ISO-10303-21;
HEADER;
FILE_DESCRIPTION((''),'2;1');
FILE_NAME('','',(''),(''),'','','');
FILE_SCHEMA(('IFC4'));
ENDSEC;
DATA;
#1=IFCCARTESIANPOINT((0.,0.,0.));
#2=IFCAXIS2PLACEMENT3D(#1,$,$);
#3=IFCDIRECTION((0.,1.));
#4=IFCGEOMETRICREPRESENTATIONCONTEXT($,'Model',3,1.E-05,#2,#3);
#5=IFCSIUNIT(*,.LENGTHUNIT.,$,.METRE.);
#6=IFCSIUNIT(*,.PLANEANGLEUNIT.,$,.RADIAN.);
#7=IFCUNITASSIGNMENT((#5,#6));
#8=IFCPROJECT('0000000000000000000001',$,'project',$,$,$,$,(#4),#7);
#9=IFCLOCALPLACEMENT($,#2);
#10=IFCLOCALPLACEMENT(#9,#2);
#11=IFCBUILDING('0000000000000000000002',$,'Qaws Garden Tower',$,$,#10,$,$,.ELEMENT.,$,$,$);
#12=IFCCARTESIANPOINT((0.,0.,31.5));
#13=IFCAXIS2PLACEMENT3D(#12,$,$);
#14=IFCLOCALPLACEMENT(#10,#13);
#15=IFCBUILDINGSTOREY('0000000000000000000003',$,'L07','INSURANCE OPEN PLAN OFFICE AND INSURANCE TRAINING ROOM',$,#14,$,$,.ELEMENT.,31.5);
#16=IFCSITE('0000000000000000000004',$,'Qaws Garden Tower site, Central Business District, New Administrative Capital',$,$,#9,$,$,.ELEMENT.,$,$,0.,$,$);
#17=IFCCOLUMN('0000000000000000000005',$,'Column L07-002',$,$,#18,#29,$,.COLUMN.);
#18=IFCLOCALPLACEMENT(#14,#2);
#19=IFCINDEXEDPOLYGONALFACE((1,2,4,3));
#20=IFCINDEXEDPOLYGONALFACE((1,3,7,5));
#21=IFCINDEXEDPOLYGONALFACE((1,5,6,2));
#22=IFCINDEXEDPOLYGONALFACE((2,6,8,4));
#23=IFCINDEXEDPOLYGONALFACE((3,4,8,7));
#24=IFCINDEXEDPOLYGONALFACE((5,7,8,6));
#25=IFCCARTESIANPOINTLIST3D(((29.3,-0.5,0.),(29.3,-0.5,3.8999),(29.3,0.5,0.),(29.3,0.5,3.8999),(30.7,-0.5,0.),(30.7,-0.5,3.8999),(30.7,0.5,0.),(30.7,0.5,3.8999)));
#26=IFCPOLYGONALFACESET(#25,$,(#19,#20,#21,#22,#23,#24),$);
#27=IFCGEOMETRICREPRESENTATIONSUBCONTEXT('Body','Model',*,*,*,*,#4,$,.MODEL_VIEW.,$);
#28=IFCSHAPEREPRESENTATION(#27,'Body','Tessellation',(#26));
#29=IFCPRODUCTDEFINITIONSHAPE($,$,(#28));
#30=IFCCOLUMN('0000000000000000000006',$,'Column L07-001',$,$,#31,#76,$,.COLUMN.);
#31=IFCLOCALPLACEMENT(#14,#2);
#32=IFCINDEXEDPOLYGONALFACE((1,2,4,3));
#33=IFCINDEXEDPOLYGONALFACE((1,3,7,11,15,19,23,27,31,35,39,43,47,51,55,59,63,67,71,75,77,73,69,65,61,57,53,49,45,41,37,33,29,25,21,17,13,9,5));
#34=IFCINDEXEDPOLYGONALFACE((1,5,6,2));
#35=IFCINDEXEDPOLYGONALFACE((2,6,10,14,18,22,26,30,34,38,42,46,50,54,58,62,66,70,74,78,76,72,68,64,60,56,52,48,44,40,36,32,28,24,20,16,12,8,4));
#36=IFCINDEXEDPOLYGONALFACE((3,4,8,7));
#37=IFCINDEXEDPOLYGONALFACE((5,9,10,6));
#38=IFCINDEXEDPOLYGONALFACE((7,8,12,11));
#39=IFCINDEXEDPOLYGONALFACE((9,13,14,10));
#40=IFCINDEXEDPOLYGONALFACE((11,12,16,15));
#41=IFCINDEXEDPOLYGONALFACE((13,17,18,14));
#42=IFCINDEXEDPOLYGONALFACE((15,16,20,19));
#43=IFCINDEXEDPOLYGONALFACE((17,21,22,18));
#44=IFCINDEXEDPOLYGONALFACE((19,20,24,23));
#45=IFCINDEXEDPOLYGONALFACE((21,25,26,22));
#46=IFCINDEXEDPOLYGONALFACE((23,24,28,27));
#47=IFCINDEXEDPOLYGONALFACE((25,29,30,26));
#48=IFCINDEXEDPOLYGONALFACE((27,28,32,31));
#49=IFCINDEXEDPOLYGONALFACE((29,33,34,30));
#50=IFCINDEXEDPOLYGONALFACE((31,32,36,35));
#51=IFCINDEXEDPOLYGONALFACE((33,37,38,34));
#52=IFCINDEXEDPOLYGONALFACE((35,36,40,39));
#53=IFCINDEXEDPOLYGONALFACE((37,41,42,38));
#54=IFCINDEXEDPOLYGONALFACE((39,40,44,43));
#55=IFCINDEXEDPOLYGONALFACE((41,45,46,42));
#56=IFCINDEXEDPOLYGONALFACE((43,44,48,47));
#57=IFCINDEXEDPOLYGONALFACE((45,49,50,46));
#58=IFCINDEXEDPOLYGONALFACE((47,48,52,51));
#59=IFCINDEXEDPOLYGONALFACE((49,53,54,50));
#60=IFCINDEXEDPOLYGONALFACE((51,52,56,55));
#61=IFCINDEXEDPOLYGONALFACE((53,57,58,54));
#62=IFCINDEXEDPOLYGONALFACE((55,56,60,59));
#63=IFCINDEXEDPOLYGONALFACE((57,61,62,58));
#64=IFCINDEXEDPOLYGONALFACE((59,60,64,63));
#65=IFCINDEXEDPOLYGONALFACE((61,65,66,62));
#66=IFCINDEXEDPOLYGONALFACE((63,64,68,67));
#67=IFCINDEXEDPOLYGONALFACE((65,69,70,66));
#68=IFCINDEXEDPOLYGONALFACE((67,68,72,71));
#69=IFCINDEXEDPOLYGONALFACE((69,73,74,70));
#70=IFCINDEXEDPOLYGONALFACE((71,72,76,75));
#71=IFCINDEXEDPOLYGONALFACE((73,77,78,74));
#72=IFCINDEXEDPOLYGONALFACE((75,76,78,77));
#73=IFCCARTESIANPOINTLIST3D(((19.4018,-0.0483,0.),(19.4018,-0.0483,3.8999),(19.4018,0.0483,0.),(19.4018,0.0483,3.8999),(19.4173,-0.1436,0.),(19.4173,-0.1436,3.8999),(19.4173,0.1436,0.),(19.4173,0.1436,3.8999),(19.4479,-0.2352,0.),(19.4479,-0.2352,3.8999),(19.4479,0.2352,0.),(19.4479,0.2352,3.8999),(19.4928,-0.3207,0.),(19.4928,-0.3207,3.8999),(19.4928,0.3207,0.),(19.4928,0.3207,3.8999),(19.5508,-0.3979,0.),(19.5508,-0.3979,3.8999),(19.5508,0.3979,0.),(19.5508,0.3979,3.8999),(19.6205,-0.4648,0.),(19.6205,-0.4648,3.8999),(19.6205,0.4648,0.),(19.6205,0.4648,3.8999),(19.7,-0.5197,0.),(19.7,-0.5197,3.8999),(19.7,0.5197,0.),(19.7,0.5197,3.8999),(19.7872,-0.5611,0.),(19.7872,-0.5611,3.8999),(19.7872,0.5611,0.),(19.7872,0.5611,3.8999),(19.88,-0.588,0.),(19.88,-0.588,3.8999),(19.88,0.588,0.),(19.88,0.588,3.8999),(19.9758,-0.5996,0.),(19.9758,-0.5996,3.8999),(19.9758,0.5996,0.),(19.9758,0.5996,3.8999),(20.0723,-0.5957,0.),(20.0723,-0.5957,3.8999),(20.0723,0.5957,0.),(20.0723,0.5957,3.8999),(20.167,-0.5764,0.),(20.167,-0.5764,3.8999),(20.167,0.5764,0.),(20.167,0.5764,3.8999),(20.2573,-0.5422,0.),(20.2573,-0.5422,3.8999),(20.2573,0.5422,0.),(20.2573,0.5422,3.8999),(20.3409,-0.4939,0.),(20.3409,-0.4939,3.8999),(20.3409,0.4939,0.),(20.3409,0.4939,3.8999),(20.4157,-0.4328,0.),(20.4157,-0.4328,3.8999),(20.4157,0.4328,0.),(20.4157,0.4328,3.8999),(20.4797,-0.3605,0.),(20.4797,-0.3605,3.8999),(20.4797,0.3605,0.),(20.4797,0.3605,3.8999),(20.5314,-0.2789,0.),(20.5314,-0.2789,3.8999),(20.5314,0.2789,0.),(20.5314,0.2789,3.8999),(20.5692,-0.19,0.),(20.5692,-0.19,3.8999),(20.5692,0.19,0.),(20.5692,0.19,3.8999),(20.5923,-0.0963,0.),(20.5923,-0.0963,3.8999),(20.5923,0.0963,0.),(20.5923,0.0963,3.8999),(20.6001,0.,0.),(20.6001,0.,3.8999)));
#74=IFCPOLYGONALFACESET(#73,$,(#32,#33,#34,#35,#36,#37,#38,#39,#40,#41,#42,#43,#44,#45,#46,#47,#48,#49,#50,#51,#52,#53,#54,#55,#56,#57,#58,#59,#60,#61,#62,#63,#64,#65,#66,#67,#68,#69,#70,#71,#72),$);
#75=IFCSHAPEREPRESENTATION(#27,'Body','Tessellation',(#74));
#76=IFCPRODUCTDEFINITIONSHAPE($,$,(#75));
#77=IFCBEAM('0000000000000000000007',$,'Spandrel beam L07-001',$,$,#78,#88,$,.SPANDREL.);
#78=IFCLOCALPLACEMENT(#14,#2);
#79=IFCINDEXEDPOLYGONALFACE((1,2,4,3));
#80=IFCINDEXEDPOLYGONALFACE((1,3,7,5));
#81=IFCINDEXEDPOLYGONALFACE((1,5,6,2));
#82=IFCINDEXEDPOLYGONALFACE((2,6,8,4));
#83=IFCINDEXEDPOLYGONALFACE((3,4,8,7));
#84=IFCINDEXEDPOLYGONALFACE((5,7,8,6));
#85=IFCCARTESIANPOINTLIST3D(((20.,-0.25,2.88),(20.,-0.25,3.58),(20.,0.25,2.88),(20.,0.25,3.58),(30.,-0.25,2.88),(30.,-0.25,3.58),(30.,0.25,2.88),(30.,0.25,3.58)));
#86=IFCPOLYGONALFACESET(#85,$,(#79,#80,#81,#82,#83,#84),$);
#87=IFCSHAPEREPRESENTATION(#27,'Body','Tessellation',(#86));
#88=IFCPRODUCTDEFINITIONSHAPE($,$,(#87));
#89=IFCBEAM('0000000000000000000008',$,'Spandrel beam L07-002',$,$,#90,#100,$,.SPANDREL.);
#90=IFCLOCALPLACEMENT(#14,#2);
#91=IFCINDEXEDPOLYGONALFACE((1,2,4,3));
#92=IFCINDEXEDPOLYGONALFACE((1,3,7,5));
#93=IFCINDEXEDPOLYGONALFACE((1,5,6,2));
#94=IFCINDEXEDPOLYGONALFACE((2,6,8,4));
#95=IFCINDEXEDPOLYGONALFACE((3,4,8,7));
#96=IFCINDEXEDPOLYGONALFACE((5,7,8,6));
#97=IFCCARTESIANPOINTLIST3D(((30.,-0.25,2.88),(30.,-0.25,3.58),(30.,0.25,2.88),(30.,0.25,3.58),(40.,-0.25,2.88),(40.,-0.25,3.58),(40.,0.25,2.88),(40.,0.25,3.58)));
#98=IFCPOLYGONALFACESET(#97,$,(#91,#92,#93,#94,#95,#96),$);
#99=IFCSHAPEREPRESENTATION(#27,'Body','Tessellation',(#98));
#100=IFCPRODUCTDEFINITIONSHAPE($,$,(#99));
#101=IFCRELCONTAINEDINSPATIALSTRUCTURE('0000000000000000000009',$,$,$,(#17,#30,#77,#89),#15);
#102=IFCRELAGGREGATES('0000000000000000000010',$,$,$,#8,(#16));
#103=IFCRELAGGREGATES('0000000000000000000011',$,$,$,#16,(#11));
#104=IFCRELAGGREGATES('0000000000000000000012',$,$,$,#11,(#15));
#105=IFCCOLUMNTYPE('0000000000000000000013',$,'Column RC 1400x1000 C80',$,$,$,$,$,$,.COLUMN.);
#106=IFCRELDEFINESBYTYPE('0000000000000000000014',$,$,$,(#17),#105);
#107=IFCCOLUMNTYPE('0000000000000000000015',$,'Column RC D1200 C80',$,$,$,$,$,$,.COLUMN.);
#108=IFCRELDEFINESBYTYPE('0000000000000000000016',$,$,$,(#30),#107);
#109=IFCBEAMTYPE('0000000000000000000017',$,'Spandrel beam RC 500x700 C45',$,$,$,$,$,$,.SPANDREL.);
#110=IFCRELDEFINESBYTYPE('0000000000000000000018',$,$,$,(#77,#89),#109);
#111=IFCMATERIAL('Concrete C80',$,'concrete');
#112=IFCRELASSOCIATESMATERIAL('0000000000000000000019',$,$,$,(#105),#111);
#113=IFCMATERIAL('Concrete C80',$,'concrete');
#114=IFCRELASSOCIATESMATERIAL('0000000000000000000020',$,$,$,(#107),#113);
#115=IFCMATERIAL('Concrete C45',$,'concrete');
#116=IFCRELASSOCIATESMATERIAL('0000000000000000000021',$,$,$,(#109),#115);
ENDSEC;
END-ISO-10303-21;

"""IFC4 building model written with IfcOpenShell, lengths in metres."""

from ifc_helpers import new_model, si_unit, direction, frame, origin, origin_2d, place, context, subcontext, project, spatial, rectangle, circle, extrude, material, material_profile, profile_set, type_object, element, save


model = new_model("IFC4")

# Units and contexts
model_context = context("Model", 3, precision=1e-05, world=origin(), true_north=direction((0.0, 1.0)))
body_context = subcontext(model_context, "Body", "Model", "MODEL_VIEW")
ifc_project = project(units=[si_unit("LENGTHUNIT", "METRE"), si_unit("PLANEANGLEUNIT", "RADIAN")], contexts=[model_context])

# Site, building, storey
site_placement = place(None, origin())
site = spatial("IfcSite", under=ifc_project, at=site_placement, Name="Qaws Garden Tower site, Central Business District, New Administrative Capital", CompositionType="ELEMENT", RefElevation=0.0)
building_placement = place(site_placement, origin())
building = spatial("IfcBuilding", under=site, at=building_placement, Name="Qaws Garden Tower", CompositionType="ELEMENT")
storey_placement = place(building_placement, frame((0.0, 0.0, 31.5)))
storey = spatial("IfcBuildingStorey", under=building, at=storey_placement, Name="L07", Description="INSURANCE OPEN PLAN OFFICE AND INSURANCE TRAINING ROOM", CompositionType="ELEMENT", Elevation=31.5)

# Columns
ifc_material_1 = material(Name="Concrete C80", Category="concrete")
ifc_material_profile_1 = material_profile(ifc_material_1, rectangle(XDim=1.3999, YDim=1.0, at=origin_2d()), Name="RC 1400x1000")
ifc_profile_set_1 = profile_set([ifc_material_profile_1], Name="Concrete C80")
column_type_1 = type_object("IfcColumnType", Name="Column RC 1400x1000 C80", PredefinedType="COLUMN", material=ifc_profile_set_1)
column_1_placement = place(storey_placement, frame((30.0, 0.0, 0.0), z_axis=(0.0, 0.0, 1.0), x_axis=(1.0, 0.0, 0.0)))
element("IfcColumn", 1, at=column_1_placement, inside=storey, type_object=column_type_1, Name="Column L07-002", PredefinedType="COLUMN", context=body_context, shape_type="SweptSolid", body=[
    extrude(rectangle(XDim=1.3999, YDim=1.0, at=origin_2d()), origin(), (0.0, 0.0, 1.0), 3.8999),
])
ifc_material_2 = material(Name="Concrete C80", Category="concrete")
ifc_material_profile_2 = material_profile(ifc_material_2, circle(Radius=0.6001, at=origin_2d()), Name="RC D1200")
ifc_profile_set_2 = profile_set([ifc_material_profile_2], Name="Concrete C80")
column_type_2 = type_object("IfcColumnType", Name="Column RC D1200 C80", PredefinedType="COLUMN", material=ifc_profile_set_2)
column_2_placement = place(storey_placement, frame((20.0, 0.0, 0.0), z_axis=(0.0, 0.0, 1.0), x_axis=(1.0, 0.0, 0.0)))
element("IfcColumn", 2, at=column_2_placement, inside=storey, type_object=column_type_2, Name="Column L07-001", PredefinedType="COLUMN", context=body_context, shape_type="SweptSolid", body=[
    extrude(circle(Radius=0.6001, at=origin_2d()), origin(), (0.0, 0.0, 1.0), 3.8999),
])

# Beams
ifc_material_3 = material(Name="Concrete C45", Category="concrete")
ifc_material_profile_3 = material_profile(ifc_material_3, rectangle(XDim=0.5, YDim=0.7, at=origin_2d()), Name="RC 500x700")
ifc_profile_set_3 = profile_set([ifc_material_profile_3], Name="Concrete C45")
beam_type = type_object("IfcBeamType", Name="Spandrel beam RC 500x700 C45", PredefinedType="SPANDREL", material=ifc_profile_set_3)
for number, where, z_axis, x_axis, name in (
    (3, (20.0, 0.0, 3.23), (1.0, 0.0, 0.0), (0.0, 1.0, 0.0), "Spandrel beam L07-001"),
    (4, (30.0, 0.0, 3.23), (1.0, 0.0, 0.0), (0.0, 1.0, 0.0), "Spandrel beam L07-002"),
):
    element("IfcBeam", number, at=place(storey_placement, frame(where, z_axis=z_axis, x_axis=x_axis)), inside=storey, type_object=beam_type, Name=name, PredefinedType="SPANDREL", context=body_context, shape_type="SweptSolid", body=[
        extrude(rectangle(XDim=0.5, YDim=0.7, at=origin_2d()), origin(), (0.0, 0.0, 1.0), 10.0),
    ])

save(model, "model.ifc")
